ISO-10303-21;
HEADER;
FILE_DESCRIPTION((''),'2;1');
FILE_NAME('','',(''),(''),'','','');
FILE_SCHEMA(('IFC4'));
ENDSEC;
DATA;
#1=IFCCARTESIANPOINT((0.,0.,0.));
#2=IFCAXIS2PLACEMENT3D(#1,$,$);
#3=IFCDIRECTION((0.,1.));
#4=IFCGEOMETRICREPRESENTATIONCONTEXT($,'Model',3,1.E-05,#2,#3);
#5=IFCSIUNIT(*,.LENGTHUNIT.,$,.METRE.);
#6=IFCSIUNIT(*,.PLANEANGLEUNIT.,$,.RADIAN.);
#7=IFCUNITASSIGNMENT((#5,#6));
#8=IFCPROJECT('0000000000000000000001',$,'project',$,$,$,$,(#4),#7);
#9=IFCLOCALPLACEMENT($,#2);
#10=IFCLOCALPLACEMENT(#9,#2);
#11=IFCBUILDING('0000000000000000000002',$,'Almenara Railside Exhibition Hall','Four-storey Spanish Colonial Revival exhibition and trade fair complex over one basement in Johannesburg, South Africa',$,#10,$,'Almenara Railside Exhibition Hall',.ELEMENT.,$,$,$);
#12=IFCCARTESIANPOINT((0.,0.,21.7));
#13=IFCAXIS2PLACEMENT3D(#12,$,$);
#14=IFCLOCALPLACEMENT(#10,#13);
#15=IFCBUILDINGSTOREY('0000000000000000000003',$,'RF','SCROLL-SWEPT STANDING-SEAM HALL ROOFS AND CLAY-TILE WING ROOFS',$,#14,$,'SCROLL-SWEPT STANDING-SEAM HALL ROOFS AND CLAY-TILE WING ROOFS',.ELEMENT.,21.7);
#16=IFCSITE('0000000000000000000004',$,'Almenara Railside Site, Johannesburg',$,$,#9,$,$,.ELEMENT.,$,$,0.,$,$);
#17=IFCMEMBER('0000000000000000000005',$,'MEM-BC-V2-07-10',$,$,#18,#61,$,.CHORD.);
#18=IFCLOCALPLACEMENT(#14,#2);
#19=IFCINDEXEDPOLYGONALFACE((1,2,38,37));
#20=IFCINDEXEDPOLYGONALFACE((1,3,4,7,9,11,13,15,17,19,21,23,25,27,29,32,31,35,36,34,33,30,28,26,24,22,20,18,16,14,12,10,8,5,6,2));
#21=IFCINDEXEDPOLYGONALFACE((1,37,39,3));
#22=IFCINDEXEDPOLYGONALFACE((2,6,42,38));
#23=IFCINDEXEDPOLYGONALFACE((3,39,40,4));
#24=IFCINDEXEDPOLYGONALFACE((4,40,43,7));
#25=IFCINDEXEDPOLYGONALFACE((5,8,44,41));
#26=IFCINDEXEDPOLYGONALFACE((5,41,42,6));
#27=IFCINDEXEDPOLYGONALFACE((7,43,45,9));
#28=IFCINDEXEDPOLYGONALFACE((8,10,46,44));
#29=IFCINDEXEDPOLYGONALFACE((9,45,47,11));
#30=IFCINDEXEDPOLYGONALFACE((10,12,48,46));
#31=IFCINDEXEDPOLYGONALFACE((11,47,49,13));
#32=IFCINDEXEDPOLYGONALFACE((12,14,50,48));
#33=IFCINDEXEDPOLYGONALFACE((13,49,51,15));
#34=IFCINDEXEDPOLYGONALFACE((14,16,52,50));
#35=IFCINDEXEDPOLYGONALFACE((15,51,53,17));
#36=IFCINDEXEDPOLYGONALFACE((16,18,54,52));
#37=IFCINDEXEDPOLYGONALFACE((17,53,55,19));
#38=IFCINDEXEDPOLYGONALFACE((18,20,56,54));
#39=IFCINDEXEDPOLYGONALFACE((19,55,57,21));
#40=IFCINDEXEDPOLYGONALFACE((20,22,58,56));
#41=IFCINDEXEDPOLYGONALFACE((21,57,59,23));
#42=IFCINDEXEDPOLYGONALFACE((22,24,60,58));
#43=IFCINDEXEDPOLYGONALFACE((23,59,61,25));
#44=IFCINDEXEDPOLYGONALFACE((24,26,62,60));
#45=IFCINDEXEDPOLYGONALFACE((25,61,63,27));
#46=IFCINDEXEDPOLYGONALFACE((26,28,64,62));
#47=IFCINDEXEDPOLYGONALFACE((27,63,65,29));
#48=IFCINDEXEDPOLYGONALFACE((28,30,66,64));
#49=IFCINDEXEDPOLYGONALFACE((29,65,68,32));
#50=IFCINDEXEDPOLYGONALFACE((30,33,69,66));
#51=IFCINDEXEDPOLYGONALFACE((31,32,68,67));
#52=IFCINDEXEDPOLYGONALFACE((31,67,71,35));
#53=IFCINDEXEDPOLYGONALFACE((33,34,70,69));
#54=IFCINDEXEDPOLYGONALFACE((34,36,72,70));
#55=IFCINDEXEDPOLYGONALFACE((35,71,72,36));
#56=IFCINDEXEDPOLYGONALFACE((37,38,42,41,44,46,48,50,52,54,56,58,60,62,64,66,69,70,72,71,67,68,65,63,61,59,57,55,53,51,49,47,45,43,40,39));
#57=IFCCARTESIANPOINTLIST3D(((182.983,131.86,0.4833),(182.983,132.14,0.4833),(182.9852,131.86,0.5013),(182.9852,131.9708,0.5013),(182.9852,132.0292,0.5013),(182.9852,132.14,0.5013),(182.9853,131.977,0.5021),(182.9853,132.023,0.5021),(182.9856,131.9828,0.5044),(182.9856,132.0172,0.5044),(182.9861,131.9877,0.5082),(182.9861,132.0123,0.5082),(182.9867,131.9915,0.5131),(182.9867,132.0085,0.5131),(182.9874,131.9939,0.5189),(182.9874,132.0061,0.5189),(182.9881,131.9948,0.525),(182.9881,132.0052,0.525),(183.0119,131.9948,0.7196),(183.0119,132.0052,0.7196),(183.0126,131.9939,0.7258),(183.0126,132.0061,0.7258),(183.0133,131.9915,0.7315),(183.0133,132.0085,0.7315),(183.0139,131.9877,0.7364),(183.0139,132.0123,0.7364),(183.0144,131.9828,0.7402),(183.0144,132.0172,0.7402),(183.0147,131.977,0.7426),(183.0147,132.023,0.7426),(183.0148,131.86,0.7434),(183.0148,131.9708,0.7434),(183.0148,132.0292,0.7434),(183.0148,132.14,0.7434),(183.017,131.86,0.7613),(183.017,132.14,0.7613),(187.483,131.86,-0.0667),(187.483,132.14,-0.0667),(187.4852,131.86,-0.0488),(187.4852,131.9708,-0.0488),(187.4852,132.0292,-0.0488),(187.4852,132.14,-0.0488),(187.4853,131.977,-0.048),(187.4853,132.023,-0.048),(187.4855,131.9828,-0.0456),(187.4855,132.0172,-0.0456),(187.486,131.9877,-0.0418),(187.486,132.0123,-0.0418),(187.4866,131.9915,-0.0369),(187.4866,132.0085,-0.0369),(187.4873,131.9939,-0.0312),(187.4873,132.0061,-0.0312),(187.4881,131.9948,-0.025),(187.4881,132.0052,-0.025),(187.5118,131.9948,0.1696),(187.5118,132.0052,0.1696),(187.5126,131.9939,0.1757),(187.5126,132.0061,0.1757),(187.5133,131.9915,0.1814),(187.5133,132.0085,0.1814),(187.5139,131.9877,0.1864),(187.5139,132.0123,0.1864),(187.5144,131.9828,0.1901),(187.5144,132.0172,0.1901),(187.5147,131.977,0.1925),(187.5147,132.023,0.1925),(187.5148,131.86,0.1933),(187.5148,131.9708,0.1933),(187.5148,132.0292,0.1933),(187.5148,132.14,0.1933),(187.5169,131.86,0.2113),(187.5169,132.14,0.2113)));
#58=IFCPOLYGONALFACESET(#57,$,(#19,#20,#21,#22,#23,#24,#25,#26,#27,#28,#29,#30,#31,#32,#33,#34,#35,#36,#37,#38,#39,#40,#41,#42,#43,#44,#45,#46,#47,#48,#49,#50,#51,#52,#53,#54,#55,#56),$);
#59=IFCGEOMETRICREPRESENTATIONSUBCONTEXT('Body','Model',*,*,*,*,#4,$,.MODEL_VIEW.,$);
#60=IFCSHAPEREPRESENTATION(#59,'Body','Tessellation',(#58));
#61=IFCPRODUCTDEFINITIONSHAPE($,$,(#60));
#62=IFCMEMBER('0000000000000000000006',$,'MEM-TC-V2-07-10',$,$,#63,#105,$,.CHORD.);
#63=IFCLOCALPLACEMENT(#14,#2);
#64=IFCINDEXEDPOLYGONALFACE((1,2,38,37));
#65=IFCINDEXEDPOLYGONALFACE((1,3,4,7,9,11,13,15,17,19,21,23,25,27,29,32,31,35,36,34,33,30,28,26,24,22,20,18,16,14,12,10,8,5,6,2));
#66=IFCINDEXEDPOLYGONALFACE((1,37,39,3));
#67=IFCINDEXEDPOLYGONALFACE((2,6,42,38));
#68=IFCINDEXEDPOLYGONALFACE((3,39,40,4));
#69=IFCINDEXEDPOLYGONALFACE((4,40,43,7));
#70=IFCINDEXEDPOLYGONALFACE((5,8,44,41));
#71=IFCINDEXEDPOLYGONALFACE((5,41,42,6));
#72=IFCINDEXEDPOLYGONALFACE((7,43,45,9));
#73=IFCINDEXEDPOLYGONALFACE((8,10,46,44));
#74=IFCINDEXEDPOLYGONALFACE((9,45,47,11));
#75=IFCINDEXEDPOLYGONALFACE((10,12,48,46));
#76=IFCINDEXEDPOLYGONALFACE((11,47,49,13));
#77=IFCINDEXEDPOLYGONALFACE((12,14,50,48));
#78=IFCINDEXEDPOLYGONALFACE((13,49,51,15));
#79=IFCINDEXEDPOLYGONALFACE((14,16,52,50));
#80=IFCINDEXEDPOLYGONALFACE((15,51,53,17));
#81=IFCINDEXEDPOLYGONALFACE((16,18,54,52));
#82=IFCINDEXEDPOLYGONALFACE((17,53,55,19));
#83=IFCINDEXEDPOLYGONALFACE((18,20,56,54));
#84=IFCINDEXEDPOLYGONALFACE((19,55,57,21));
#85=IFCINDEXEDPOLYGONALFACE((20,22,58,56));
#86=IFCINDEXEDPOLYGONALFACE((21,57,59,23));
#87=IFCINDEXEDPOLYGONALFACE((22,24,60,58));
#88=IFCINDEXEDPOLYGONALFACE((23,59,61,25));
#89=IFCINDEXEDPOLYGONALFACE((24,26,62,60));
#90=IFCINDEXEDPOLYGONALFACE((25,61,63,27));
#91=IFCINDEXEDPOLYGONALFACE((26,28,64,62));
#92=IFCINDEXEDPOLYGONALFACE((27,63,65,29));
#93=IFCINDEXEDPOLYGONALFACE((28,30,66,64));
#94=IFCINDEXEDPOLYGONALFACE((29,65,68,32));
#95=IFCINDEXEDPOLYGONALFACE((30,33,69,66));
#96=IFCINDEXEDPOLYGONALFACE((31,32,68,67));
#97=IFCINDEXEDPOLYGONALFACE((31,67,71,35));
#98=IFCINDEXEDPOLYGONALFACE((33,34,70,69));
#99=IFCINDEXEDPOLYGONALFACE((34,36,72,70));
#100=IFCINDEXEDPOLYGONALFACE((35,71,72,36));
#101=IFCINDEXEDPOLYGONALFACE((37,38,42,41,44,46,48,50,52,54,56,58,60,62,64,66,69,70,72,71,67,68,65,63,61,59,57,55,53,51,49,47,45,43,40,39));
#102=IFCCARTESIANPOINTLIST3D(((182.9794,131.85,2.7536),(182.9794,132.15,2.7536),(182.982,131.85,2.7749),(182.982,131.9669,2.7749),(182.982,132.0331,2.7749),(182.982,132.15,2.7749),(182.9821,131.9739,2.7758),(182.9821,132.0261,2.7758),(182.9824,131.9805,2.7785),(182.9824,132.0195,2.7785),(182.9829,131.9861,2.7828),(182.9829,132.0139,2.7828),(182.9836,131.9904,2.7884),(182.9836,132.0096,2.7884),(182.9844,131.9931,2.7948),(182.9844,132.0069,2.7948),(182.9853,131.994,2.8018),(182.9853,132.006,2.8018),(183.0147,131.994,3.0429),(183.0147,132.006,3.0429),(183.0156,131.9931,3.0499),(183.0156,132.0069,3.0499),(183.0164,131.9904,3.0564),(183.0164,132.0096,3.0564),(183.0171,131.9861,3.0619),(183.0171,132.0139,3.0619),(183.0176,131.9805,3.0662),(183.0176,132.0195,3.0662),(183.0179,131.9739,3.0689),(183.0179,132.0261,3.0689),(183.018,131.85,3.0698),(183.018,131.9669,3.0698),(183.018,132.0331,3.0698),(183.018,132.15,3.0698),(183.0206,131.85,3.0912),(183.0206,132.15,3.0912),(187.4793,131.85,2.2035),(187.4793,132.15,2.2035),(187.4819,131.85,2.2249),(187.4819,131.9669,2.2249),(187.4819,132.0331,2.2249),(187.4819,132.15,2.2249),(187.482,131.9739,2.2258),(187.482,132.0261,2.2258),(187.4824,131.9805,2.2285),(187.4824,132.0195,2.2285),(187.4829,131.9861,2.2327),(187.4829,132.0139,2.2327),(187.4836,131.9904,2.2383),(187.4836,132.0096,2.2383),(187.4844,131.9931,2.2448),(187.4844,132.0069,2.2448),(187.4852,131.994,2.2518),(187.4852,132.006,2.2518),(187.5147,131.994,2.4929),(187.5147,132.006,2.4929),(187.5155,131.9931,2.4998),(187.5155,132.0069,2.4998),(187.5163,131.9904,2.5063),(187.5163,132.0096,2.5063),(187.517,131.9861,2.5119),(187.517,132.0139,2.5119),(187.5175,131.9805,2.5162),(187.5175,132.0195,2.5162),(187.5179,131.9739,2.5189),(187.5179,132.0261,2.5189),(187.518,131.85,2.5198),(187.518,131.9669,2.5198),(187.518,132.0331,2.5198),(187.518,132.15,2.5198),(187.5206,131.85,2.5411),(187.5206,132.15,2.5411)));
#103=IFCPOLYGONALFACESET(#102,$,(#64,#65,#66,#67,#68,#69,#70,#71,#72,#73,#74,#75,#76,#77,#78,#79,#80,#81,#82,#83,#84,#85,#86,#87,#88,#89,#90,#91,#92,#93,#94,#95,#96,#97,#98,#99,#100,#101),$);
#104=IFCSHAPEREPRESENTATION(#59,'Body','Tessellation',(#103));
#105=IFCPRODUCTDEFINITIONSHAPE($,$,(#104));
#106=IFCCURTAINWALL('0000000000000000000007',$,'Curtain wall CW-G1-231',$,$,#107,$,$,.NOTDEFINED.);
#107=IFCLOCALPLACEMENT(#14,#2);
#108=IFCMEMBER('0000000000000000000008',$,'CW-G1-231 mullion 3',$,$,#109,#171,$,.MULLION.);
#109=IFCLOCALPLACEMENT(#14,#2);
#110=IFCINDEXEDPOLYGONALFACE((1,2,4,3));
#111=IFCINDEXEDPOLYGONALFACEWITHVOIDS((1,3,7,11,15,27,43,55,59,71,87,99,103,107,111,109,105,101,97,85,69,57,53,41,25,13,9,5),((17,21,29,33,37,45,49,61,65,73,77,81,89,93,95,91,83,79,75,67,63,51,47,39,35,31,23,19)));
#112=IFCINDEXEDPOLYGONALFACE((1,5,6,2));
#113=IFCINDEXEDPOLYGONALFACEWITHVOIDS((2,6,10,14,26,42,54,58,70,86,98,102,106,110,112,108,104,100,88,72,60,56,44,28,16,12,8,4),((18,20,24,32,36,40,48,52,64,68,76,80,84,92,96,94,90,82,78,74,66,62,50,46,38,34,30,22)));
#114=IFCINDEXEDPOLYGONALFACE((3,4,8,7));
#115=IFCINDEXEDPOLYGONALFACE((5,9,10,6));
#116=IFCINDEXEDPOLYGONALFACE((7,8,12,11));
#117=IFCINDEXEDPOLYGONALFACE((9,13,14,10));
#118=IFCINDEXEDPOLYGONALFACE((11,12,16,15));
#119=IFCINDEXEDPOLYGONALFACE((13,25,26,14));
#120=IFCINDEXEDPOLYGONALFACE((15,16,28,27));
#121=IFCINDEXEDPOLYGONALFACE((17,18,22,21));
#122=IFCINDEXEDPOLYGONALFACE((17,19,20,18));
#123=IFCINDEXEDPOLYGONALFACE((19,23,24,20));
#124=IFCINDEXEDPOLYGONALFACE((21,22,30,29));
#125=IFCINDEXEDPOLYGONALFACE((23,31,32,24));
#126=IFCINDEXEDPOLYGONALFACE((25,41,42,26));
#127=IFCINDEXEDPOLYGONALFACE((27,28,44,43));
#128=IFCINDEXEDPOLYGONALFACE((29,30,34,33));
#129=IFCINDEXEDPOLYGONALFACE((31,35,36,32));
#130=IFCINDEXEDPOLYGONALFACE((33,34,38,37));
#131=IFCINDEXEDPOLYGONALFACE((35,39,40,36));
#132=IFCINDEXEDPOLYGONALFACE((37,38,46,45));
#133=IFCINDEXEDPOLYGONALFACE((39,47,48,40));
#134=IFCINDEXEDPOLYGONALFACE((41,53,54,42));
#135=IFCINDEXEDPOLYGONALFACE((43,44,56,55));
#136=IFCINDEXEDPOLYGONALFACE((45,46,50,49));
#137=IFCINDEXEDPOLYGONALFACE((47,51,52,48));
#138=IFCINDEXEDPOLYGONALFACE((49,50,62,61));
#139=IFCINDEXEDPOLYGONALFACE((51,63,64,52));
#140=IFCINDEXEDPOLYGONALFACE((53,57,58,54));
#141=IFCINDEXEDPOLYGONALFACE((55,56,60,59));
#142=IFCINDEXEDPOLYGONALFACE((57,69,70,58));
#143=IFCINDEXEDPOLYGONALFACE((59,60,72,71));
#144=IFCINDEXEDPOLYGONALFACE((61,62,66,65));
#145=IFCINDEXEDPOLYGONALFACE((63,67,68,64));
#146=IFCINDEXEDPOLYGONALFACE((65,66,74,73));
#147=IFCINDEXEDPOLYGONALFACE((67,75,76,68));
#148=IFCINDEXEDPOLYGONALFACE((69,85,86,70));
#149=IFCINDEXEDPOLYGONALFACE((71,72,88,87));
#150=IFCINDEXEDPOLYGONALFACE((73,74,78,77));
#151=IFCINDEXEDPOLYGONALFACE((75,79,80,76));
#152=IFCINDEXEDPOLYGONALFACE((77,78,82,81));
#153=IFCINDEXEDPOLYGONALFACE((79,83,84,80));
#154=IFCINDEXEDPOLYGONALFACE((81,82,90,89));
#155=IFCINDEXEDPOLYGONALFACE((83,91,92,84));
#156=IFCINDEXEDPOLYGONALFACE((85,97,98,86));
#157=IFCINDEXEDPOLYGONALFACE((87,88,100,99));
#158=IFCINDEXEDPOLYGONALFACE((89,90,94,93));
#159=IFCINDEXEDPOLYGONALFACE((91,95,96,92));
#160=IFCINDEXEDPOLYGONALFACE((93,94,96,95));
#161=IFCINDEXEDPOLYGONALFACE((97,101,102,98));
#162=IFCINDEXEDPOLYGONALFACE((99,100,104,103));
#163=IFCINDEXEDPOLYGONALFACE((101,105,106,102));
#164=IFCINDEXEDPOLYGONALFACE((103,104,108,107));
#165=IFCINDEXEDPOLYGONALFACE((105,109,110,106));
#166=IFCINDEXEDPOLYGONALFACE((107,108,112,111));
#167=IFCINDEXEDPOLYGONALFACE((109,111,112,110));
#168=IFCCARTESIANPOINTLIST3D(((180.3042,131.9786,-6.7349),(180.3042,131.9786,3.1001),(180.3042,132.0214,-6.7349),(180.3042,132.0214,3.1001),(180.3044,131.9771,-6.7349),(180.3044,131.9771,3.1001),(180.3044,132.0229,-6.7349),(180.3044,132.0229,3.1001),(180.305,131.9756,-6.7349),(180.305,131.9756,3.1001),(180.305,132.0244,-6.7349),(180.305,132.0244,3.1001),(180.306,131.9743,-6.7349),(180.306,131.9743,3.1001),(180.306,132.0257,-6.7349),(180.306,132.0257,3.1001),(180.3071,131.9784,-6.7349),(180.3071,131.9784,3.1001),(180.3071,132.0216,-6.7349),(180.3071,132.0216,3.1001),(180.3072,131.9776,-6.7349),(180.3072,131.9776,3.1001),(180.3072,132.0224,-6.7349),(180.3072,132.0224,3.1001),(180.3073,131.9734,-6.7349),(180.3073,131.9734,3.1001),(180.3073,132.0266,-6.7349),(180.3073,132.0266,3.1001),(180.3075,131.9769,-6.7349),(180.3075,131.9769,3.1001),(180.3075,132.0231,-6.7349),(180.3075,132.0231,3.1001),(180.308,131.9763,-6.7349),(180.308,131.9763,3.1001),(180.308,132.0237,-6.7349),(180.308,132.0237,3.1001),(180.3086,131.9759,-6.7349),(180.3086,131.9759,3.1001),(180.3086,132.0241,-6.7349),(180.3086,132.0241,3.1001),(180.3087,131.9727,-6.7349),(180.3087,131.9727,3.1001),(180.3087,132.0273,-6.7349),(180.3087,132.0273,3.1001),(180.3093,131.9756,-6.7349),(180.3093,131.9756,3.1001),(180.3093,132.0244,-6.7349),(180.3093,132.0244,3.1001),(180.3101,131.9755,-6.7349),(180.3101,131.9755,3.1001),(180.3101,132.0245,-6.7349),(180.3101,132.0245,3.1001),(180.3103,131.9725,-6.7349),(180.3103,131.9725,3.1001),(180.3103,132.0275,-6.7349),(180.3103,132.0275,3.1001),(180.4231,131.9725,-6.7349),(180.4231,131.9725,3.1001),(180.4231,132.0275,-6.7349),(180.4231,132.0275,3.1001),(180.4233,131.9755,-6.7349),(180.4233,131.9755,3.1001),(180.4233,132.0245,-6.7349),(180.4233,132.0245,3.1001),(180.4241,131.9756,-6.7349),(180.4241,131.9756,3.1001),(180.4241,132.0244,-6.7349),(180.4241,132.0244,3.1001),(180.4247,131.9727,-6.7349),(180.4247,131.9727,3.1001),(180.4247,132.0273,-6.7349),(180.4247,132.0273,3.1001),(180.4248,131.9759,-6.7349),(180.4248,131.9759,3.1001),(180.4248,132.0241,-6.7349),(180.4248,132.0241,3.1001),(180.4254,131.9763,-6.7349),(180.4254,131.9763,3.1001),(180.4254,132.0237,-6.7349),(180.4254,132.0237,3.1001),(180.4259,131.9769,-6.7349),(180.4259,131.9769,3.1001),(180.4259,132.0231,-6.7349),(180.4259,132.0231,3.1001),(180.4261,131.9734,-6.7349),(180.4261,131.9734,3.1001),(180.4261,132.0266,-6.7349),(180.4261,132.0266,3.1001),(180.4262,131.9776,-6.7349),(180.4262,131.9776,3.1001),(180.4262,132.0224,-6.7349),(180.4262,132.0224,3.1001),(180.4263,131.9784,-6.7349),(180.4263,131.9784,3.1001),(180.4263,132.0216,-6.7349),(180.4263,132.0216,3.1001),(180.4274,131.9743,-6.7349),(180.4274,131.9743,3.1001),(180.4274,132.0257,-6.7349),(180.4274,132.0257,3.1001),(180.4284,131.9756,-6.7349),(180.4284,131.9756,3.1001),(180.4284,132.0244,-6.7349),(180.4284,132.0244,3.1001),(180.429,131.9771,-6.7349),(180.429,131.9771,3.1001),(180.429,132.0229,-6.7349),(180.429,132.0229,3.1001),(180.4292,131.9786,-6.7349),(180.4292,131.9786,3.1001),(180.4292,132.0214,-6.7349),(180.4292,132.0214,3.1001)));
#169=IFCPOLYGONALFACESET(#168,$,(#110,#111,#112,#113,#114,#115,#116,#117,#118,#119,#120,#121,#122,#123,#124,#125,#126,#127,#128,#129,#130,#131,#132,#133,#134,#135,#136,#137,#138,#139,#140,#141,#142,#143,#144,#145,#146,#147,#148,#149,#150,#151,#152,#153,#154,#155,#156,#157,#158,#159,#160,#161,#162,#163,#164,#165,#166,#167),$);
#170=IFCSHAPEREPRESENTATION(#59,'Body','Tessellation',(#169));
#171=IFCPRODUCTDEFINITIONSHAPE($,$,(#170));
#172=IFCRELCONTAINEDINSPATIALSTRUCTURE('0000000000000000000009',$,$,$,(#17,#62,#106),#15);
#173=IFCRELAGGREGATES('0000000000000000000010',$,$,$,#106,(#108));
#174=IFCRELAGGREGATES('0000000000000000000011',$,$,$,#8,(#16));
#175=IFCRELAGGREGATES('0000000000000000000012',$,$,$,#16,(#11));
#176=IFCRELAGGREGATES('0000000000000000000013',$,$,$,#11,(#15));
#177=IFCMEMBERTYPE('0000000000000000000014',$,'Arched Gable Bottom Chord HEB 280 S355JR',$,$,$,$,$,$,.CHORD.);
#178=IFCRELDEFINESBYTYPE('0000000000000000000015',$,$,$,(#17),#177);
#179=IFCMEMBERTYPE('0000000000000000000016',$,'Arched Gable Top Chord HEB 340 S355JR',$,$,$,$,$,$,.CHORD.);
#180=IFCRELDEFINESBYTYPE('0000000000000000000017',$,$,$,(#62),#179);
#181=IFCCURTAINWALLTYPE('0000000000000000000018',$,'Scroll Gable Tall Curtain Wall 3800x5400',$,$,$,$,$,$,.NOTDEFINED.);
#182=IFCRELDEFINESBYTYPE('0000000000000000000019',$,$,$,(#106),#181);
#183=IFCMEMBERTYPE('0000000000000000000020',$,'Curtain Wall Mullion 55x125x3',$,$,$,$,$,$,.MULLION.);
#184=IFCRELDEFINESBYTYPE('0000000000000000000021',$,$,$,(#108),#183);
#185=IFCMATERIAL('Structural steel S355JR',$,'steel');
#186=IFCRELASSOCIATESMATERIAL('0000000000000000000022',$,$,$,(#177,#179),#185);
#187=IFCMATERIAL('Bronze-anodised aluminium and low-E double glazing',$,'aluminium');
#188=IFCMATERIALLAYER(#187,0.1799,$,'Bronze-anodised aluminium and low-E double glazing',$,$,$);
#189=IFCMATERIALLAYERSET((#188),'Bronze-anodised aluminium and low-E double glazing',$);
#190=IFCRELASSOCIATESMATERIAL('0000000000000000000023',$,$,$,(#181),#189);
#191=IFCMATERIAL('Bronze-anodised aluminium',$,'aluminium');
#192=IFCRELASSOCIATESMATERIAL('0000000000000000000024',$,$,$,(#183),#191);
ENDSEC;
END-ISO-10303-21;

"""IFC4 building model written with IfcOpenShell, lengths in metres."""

from ifc_helpers import new_model, si_unit, direction, frame, origin, origin_2d, place, context, subcontext, project, spatial, hollow_rectangle, i_section, extrude, material, layer, layer_set, material_profile, profile_set, type_object, element, aggregate, save


model = new_model("IFC4")

# Units and contexts
model_context = context("Model", 3, precision=1e-05, world=origin(), true_north=direction((0.0, 1.0)))
body_context = subcontext(model_context, "Body", "Model", "MODEL_VIEW")
ifc_project = project(units=[si_unit("LENGTHUNIT", "METRE"), si_unit("PLANEANGLEUNIT", "RADIAN")], contexts=[model_context])

# Site, building, storey
site_placement = place(None, origin())
site = spatial("IfcSite", under=ifc_project, at=site_placement, Name="Almenara Railside Site, Johannesburg", CompositionType="ELEMENT", RefElevation=0.0)
building_placement = place(site_placement, origin())
building = spatial("IfcBuilding", under=site, at=building_placement, Name="Almenara Railside Exhibition Hall", Description="Four-storey Spanish Colonial Revival exhibition and trade fair complex over one basement in Johannesburg, South Africa", LongName="Almenara Railside Exhibition Hall", CompositionType="ELEMENT")
storey_placement = place(building_placement, frame((0.0, 0.0, 21.7)))
storey = spatial("IfcBuildingStorey", under=building, at=storey_placement, Name="RF", Description="SCROLL-SWEPT STANDING-SEAM HALL ROOFS AND CLAY-TILE WING ROOFS", LongName="SCROLL-SWEPT STANDING-SEAM HALL ROOFS AND CLAY-TILE WING ROOFS", CompositionType="ELEMENT", Elevation=21.7)

# Members
ifc_material_1 = material(Name="Structural steel S355JR", Category="steel")
ifc_material_profile_1 = material_profile(ifc_material_1, i_section(OverallWidth=0.28, OverallDepth=0.28, WebThickness=0.0105, FlangeThickness=0.0181, FilletRadius=0.0239, at=origin_2d()), Name="HEB 280")
ifc_profile_set_1 = profile_set([ifc_material_profile_1], Name="Structural steel S355JR")
member_type_1 = type_object("IfcMemberType", Name="Arched Gable Bottom Chord HEB 280 S355JR", PredefinedType="CHORD", material=ifc_profile_set_1)
member_1_placement = place(storey_placement, frame((183.0, 132.0, 0.6223), z_axis=(0.992612, 0.0, -0.12133), x_axis=(0.0, 1.0, 0.0)))
element("IfcMember", 1, at=member_1_placement, inside=storey, type_object=member_type_1, Name="MEM-BC-V2-07-10", PredefinedType="CHORD", context=body_context, shape_type="SweptSolid", body=[
    extrude(i_section(OverallWidth=0.28, OverallDepth=0.28, WebThickness=0.0105, FlangeThickness=0.0181, FilletRadius=0.0239, at=origin_2d()), origin(), (0.0, 0.0, 1.0), 4.5334),
])
ifc_material_profile_2 = material_profile(ifc_material_1, i_section(OverallWidth=0.3, OverallDepth=0.3401, WebThickness=0.012, FlangeThickness=0.0215, FilletRadius=0.0271, at=origin_2d()), Name="HEB 340")
ifc_profile_set_2 = profile_set([ifc_material_profile_2], Name="Structural steel S355JR")
member_type_2 = type_object("IfcMemberType", Name="Arched Gable Top Chord HEB 340 S355JR", PredefinedType="CHORD", material=ifc_profile_set_2)
member_2_placement = place(storey_placement, frame((183.0, 132.0, 2.9224), z_axis=(0.992612, 0.0, -0.12133), x_axis=(0.0, 1.0, 0.0)))
element("IfcMember", 2, at=member_2_placement, inside=storey, type_object=member_type_2, Name="MEM-TC-V2-07-10", PredefinedType="CHORD", context=body_context, shape_type="SweptSolid", body=[
    extrude(i_section(OverallWidth=0.3, OverallDepth=0.3401, WebThickness=0.012, FlangeThickness=0.0215, FilletRadius=0.0271, at=origin_2d()), origin(), (0.0, 0.0, 1.0), 4.5334),
])

# Curtain wall, member
ifc_material_2 = material(Name="Bronze-anodised aluminium and low-E double glazing", Category="aluminium")
ifc_layer_1 = layer(ifc_material_2, 0.1799, Name="Bronze-anodised aluminium and low-E double glazing")
ifc_layer_set_1 = layer_set([ifc_layer_1], Name="Bronze-anodised aluminium and low-E double glazing")
curtain_wall_type_1 = type_object("IfcCurtainWallType", Name="Scroll Gable Tall Curtain Wall 3800x5400", PredefinedType="NOTDEFINED", material=ifc_layer_set_1)
curtain_wall_1_placement = place(storey_placement, origin())
curtain_wall_1 = element("IfcCurtainWall", 3, at=curtain_wall_1_placement, inside=storey, type_object=curtain_wall_type_1, Name="Curtain wall CW-G1-231", PredefinedType="NOTDEFINED")
ifc_material_3 = material(Name="Bronze-anodised aluminium", Category="aluminium")
ifc_material_profile_3 = material_profile(ifc_material_3, hollow_rectangle(XDim=0.0549, YDim=0.125, WallThickness=0.0029, InnerFilletRadius=0.0029, OuterFilletRadius=0.0061, at=origin_2d()), Name="ALU-MUL 55x125x3")
ifc_profile_set_3 = profile_set([ifc_material_profile_3], Name="Bronze-anodised aluminium")
member_type_3 = type_object("IfcMemberType", Name="Curtain Wall Mullion 55x125x3", PredefinedType="MULLION", material=ifc_profile_set_3)
member_3_placement = place(storey_placement, frame((180.3667, 132.0, -6.7349), z_axis=(0.0, 0.0, 1.0), x_axis=(0.0, 1.0, 0.0)))
member_3 = element("IfcMember", 4, at=member_3_placement, type_object=member_type_3, Name="CW-G1-231 mullion 3", PredefinedType="MULLION", context=body_context, shape_type="SweptSolid", body=[
    extrude(hollow_rectangle(XDim=0.0549, YDim=0.125, WallThickness=0.0029, InnerFilletRadius=0.0029, OuterFilletRadius=0.0061, at=origin_2d()), origin(), (0.0, 0.0, 1.0), 9.835),
])

aggregate(curtain_wall_1, [member_3])

save(model, "model.ifc")
